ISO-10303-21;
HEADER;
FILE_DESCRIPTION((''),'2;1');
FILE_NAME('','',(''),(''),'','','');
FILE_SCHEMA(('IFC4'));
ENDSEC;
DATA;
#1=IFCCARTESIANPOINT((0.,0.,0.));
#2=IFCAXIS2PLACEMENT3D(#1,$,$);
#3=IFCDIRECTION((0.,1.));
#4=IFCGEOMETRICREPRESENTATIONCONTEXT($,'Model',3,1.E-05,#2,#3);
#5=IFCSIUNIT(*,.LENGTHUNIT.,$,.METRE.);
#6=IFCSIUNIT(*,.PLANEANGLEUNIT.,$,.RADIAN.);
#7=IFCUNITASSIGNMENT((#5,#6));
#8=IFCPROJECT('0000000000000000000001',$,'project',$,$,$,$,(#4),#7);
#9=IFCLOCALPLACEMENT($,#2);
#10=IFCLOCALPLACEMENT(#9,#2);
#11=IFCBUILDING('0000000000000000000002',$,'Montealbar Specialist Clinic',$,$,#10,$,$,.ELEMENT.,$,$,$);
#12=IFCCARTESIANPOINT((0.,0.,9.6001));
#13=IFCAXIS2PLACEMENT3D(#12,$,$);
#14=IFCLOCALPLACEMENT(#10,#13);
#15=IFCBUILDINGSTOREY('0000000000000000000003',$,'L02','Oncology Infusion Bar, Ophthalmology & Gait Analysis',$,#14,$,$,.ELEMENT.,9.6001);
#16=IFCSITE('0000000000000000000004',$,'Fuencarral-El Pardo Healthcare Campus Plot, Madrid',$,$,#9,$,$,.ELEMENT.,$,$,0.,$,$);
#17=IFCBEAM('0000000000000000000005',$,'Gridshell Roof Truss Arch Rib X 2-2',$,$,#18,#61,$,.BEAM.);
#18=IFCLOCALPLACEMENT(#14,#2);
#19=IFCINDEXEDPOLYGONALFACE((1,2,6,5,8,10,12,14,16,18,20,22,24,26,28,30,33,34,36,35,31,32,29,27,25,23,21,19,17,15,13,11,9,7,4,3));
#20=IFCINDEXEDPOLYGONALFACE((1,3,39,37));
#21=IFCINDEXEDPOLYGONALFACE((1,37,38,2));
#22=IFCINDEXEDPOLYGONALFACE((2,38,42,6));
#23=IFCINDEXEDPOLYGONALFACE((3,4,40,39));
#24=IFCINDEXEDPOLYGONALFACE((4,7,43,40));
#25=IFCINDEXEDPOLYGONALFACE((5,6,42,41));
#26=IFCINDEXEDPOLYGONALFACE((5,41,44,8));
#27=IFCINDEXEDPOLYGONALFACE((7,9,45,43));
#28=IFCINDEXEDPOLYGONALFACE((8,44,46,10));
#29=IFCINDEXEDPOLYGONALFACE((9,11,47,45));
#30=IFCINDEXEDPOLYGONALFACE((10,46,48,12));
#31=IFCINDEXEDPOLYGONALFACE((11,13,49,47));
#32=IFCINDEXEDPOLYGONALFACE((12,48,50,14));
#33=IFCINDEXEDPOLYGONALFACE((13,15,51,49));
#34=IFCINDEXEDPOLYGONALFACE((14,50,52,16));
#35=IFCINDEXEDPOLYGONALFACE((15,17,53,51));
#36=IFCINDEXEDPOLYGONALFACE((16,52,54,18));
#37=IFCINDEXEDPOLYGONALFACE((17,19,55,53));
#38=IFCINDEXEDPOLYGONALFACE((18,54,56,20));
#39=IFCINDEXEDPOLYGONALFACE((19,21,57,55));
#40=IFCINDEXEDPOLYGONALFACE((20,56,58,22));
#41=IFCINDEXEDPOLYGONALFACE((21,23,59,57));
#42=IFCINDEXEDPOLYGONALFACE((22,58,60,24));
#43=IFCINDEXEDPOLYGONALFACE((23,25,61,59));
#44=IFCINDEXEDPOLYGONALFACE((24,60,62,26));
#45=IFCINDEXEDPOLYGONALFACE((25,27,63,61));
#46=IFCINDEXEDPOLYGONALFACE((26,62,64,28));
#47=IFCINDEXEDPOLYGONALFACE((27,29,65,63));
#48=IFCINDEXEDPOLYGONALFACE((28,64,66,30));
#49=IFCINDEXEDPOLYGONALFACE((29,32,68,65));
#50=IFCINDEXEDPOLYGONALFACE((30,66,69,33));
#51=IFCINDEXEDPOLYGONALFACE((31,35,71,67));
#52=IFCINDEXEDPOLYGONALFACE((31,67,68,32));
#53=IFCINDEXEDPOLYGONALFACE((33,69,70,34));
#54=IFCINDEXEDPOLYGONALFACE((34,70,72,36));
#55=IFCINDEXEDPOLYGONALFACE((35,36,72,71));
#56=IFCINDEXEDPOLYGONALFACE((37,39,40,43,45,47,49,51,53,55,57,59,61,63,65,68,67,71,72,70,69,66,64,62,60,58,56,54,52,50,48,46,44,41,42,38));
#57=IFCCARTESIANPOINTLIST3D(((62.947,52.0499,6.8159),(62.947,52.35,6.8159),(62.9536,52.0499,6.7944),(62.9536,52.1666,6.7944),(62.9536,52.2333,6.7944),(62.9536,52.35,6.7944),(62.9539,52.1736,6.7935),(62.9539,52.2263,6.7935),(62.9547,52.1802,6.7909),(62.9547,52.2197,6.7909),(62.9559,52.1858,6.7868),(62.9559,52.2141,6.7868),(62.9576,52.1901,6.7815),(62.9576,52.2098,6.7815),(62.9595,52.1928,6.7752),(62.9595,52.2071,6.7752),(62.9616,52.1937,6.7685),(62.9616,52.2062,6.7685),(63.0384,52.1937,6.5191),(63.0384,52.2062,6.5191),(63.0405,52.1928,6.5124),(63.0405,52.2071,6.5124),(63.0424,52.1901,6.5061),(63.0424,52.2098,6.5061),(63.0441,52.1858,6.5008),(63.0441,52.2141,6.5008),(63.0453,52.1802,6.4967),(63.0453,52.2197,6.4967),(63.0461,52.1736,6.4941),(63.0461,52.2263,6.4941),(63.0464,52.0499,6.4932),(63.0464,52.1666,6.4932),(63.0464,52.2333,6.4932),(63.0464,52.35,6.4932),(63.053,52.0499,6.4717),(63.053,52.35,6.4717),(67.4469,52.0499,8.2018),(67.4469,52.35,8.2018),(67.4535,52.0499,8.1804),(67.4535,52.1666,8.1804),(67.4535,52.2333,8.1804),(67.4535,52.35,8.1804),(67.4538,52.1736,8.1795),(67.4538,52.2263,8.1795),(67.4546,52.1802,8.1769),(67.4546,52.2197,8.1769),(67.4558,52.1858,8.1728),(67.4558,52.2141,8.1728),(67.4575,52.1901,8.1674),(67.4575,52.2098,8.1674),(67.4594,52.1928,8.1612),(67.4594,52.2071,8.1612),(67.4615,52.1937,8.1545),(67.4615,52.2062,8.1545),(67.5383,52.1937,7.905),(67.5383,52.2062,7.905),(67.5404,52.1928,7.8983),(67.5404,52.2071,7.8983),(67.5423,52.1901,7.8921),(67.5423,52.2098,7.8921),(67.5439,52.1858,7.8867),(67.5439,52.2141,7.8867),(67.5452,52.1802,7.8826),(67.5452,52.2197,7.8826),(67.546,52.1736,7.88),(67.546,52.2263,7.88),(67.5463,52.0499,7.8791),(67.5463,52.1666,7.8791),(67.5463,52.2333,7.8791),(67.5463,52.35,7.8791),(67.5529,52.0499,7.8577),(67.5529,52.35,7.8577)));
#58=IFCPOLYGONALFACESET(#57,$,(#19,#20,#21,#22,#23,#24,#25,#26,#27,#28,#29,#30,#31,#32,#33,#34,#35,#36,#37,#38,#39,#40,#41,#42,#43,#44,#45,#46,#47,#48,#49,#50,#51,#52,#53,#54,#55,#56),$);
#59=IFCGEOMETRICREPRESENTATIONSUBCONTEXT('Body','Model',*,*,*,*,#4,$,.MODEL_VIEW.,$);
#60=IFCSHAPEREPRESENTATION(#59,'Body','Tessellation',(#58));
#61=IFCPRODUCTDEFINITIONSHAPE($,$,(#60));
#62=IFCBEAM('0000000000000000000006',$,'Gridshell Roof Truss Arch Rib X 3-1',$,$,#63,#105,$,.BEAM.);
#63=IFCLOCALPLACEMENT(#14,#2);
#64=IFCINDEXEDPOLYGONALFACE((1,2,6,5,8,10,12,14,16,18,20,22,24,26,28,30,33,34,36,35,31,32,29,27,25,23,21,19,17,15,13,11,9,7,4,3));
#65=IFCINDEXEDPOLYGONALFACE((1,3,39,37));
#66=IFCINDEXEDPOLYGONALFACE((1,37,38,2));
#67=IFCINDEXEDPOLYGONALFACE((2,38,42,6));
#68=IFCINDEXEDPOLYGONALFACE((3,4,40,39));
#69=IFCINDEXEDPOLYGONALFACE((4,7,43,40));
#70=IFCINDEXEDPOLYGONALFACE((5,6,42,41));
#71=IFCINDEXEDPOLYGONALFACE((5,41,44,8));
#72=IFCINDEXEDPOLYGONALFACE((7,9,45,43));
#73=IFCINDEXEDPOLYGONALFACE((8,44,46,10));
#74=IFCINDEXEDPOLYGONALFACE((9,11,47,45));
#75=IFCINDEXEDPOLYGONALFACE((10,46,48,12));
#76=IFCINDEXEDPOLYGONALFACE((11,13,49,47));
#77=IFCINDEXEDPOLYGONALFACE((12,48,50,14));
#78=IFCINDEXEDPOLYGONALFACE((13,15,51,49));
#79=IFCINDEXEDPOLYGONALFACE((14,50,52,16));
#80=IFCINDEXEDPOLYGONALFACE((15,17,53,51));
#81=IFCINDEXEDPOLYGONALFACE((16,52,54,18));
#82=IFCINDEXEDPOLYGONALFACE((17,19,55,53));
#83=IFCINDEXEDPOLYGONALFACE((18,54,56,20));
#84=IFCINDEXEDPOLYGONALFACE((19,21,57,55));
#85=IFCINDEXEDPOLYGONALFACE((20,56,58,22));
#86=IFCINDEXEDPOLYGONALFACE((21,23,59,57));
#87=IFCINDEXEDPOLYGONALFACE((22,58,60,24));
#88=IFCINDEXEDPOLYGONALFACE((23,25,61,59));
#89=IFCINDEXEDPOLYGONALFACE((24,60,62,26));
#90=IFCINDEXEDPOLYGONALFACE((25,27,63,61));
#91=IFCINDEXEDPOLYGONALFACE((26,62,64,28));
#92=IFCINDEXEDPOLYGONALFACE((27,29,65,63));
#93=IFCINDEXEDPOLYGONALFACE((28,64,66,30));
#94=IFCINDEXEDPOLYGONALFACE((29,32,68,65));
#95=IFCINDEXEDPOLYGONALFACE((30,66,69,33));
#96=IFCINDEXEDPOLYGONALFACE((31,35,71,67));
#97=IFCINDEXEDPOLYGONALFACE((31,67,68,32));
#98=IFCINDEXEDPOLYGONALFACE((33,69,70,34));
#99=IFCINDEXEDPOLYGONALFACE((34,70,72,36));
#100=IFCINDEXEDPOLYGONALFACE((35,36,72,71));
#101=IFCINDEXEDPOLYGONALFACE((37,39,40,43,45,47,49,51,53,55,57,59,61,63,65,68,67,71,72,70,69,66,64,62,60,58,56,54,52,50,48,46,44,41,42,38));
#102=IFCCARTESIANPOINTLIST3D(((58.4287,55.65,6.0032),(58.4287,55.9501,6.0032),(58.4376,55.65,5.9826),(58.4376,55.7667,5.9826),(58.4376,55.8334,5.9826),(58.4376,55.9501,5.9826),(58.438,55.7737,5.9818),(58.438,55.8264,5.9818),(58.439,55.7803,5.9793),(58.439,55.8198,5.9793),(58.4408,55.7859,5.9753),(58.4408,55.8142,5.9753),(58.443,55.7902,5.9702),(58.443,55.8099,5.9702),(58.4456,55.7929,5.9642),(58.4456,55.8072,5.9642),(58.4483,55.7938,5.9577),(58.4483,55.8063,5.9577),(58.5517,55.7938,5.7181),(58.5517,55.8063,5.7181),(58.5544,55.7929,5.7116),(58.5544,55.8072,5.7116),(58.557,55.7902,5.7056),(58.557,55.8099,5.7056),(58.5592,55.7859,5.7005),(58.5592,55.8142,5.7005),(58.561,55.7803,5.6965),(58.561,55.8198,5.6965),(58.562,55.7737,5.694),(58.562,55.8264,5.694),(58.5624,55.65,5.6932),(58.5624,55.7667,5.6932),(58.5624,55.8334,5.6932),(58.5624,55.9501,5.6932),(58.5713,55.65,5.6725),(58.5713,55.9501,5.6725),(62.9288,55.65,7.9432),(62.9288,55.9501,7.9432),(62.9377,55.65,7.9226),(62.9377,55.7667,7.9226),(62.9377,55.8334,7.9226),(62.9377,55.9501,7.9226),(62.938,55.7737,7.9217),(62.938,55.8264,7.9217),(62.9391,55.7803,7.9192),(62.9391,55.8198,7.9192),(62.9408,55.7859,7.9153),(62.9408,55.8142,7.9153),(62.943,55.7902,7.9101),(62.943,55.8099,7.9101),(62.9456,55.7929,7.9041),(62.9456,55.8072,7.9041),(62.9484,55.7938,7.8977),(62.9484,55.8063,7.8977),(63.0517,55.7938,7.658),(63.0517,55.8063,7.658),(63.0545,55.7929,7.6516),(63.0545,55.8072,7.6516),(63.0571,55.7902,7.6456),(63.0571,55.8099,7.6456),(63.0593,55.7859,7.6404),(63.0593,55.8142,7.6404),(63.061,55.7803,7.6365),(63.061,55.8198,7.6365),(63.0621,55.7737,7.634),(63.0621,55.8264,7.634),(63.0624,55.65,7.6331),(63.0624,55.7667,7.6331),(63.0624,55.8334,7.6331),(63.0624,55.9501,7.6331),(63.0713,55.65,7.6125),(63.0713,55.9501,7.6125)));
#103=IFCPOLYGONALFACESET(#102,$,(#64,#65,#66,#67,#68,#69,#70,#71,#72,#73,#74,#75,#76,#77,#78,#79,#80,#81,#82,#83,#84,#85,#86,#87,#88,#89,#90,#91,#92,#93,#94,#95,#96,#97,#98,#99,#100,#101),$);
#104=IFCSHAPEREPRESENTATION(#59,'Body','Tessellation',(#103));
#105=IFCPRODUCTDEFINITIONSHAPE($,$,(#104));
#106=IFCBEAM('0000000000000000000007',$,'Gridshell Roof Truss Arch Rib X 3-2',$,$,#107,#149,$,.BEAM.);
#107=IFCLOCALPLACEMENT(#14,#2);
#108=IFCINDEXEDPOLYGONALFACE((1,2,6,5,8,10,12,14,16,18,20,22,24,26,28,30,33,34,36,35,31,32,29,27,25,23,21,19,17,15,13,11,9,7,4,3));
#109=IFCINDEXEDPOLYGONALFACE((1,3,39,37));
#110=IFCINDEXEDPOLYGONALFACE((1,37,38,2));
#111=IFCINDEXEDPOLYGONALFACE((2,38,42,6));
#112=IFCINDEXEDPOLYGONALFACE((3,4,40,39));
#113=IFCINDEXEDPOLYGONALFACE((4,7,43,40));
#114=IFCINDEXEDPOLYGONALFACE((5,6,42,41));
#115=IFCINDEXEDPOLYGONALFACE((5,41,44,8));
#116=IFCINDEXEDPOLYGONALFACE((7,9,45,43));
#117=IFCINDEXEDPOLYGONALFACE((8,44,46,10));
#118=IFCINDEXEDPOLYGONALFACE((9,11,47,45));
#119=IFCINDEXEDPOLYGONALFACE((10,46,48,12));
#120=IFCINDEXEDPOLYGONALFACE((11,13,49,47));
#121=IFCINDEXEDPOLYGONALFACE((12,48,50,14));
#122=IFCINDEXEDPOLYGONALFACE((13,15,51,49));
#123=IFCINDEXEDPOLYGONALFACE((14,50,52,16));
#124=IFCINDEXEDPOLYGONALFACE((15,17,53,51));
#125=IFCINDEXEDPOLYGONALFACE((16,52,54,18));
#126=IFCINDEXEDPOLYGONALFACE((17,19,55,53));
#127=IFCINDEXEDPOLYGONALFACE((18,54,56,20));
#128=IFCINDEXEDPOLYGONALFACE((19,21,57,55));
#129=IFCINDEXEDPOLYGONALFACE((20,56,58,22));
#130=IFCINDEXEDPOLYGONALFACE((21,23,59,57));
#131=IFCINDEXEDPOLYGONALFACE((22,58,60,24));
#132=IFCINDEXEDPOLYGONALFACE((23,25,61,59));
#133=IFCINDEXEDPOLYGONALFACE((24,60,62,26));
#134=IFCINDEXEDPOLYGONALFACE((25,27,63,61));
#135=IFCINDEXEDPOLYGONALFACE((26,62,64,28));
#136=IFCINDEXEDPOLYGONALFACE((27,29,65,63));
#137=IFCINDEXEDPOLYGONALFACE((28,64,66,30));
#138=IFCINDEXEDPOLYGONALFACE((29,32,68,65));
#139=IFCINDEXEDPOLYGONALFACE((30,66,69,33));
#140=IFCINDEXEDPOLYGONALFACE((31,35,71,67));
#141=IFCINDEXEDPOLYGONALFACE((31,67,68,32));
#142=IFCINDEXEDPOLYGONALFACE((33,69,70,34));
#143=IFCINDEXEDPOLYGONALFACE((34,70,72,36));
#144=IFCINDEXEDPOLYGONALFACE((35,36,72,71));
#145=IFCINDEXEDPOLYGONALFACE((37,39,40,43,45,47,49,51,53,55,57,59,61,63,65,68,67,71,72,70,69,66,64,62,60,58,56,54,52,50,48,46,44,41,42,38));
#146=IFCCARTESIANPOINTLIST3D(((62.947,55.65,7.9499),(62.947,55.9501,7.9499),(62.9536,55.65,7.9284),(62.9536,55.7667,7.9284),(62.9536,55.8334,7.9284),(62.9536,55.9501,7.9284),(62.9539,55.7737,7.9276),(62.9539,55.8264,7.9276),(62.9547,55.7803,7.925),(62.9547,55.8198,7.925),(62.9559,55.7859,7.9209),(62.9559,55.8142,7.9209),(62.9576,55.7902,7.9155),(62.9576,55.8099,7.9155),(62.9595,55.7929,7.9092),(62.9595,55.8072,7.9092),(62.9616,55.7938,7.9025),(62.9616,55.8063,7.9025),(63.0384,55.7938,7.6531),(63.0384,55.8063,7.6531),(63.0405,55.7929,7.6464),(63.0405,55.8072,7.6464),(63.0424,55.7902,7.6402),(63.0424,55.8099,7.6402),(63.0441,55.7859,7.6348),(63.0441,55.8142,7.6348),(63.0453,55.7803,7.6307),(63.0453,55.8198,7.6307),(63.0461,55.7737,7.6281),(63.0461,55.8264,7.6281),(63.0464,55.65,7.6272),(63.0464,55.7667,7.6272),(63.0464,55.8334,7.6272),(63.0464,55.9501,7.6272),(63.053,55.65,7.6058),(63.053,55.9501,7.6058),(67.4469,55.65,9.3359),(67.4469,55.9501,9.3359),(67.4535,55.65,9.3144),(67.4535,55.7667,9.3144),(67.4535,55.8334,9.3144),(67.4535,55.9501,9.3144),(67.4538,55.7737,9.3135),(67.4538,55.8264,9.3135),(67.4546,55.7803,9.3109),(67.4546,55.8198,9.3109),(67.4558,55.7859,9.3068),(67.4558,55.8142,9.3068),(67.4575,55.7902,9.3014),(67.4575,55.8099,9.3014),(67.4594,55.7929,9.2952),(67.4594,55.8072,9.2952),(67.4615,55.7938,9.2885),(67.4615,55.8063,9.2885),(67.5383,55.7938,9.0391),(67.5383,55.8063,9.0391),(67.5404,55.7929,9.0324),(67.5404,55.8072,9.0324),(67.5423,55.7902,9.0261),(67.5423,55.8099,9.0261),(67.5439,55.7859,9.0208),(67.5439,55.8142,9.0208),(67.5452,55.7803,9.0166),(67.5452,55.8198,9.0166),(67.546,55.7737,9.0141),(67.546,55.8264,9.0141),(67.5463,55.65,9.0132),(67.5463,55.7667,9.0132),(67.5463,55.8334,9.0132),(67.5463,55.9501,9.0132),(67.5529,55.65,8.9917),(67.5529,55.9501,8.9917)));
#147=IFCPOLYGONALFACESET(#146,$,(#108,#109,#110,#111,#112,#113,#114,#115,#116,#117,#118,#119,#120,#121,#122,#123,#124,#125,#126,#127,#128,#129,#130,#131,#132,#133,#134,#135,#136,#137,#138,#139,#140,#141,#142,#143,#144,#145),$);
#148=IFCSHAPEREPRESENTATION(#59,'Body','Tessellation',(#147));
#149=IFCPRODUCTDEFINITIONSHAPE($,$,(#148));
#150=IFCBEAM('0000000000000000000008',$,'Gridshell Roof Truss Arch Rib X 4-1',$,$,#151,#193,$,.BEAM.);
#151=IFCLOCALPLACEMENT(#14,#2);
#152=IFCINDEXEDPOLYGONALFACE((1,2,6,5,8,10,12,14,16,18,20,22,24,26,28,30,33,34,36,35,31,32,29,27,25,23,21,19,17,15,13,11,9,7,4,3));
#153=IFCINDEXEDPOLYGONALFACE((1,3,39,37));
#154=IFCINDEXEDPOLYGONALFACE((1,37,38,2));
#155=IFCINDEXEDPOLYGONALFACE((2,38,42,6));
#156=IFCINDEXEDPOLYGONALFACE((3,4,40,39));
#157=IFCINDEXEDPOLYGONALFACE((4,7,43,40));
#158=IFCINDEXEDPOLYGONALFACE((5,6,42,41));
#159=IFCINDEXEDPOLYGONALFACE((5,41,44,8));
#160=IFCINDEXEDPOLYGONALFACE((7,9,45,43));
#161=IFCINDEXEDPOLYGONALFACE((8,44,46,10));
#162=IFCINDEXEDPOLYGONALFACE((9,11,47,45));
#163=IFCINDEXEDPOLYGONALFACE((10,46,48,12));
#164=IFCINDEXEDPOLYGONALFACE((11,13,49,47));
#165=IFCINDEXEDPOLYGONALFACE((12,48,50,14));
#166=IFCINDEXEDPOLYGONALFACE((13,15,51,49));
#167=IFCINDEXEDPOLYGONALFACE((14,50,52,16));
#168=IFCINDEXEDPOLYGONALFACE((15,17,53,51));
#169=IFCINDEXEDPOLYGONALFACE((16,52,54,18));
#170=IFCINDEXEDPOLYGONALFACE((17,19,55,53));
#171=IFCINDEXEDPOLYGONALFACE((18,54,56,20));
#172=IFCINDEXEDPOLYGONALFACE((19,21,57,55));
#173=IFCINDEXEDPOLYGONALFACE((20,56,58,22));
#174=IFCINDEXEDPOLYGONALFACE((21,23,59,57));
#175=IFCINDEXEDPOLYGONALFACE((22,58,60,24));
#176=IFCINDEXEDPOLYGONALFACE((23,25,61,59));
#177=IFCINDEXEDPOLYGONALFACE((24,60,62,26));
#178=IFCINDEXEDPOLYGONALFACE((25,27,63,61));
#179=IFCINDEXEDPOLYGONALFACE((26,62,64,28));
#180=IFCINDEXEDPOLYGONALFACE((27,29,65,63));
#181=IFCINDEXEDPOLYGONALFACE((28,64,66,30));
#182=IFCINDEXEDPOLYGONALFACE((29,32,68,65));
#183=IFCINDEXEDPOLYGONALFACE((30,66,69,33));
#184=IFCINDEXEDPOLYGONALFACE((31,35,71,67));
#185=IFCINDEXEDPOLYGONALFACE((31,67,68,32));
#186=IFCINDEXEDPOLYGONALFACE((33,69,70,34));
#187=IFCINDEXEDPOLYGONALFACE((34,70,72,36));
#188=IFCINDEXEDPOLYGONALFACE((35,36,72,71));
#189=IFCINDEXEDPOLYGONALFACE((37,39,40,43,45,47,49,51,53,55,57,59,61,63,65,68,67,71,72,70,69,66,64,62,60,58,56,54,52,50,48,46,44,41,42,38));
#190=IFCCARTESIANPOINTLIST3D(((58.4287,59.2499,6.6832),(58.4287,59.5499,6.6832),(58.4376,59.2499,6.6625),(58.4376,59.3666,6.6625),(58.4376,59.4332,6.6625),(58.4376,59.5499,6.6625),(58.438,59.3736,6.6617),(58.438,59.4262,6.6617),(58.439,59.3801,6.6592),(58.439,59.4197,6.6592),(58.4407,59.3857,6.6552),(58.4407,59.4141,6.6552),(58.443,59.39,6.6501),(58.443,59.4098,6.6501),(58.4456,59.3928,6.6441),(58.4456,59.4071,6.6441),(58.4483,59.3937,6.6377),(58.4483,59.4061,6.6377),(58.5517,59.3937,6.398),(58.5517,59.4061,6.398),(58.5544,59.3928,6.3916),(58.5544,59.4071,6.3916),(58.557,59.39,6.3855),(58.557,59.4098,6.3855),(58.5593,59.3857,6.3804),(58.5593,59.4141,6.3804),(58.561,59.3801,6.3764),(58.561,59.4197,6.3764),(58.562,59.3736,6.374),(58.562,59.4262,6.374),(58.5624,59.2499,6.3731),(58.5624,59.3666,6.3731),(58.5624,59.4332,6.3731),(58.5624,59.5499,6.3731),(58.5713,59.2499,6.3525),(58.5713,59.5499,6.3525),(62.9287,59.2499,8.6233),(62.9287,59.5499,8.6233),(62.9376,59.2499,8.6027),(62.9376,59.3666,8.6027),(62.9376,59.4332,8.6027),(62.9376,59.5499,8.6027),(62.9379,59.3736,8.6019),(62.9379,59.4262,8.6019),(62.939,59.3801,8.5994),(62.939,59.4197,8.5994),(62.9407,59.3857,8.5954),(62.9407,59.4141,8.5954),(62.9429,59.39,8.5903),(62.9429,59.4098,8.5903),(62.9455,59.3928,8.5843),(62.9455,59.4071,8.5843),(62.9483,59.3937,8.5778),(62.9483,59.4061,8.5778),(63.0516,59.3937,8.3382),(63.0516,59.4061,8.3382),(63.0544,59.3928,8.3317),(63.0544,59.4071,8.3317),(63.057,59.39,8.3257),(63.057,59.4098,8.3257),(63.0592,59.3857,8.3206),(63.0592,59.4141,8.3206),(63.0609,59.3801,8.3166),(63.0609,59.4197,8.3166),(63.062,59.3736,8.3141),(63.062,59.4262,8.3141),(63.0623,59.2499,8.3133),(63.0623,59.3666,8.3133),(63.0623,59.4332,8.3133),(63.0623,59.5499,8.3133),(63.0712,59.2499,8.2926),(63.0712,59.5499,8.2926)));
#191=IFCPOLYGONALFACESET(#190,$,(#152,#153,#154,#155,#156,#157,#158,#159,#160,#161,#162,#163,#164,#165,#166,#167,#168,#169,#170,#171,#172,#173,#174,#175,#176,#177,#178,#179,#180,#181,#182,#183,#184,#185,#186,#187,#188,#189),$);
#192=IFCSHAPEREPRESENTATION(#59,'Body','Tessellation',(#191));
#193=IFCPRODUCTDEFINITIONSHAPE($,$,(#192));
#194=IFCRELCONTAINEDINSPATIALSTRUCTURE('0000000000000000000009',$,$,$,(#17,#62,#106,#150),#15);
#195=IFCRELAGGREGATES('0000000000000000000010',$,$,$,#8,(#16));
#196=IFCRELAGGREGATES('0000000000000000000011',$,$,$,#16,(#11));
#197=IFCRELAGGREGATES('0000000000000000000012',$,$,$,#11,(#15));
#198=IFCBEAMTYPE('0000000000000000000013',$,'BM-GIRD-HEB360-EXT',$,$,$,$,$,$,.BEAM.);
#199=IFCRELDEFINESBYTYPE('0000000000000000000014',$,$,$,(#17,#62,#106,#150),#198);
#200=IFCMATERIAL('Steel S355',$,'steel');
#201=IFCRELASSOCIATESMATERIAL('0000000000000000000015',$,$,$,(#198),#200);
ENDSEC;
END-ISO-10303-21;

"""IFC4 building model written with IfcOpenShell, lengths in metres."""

from ifc_helpers import new_model, si_unit, direction, frame, origin, origin_2d, place, context, subcontext, project, spatial, i_section, extrude, material, material_profile, profile_set, type_object, element, save


model = new_model("IFC4")

# Units and contexts
model_context = context("Model", 3, precision=1e-05, world=origin(), true_north=direction((0.0, 1.0)))
body_context = subcontext(model_context, "Body", "Model", "MODEL_VIEW")
ifc_project = project(units=[si_unit("LENGTHUNIT", "METRE"), si_unit("PLANEANGLEUNIT", "RADIAN")], contexts=[model_context])

# Site, building, storey
site_placement = place(None, origin())
site = spatial("IfcSite", under=ifc_project, at=site_placement, Name="Fuencarral-El Pardo Healthcare Campus Plot, Madrid", CompositionType="ELEMENT", RefElevation=0.0)
building_placement = place(site_placement, origin())
building = spatial("IfcBuilding", under=site, at=building_placement, Name="Montealbar Specialist Clinic", CompositionType="ELEMENT")
storey_placement = place(building_placement, frame((0.0, 0.0, 9.6001)))
storey = spatial("IfcBuildingStorey", under=building, at=storey_placement, Name="L02", Description="Oncology Infusion Bar, Ophthalmology & Gait Analysis", CompositionType="ELEMENT", Elevation=9.6001)

# Beams
ifc_material_1 = material(Name="Steel S355", Category="steel")
ifc_material_profile_1 = material_profile(ifc_material_1, i_section(OverallWidth=0.3, OverallDepth=0.3601, WebThickness=0.0125, FlangeThickness=0.0225, FilletRadius=0.0271, at=origin_2d()), Name="HEB 360", Category="steel")
ifc_profile_set_1 = profile_set([ifc_material_profile_1], Name="Steel S355")
beam_type_1 = type_object("IfcBeamType", Name="BM-GIRD-HEB360-EXT", PredefinedType="BEAM", material=ifc_profile_set_1)
beam_1_placement = place(storey_placement, frame((63.0, 52.2, 6.6438), z_axis=(0.955697, 0.0, 0.294352), x_axis=(0.0, 1.0, 0.0)))
element("IfcBeam", 1, at=beam_1_placement, inside=storey, type_object=beam_type_1, Name="Gridshell Roof Truss Arch Rib X 2-2", PredefinedType="BEAM", context=body_context, shape_type="SweptSolid", body=[
    extrude(i_section(OverallWidth=0.3, OverallDepth=0.3601, WebThickness=0.0125, FlangeThickness=0.0225, FilletRadius=0.0271, at=origin_2d()), origin(), (0.0, 0.0, 1.0), 4.7085),
])
beam_2_placement = place(storey_placement, frame((58.5, 55.8, 5.8379), z_axis=(0.918303, 0.0, 0.395879), x_axis=(0.0, 1.0, 0.0)))
element("IfcBeam", 2, at=beam_2_placement, inside=storey, type_object=beam_type_1, Name="Gridshell Roof Truss Arch Rib X 3-1", PredefinedType="BEAM", context=body_context, shape_type="SweptSolid", body=[
    extrude(i_section(OverallWidth=0.3, OverallDepth=0.3601, WebThickness=0.0125, FlangeThickness=0.0225, FilletRadius=0.0271, at=origin_2d()), origin(), (0.0, 0.0, 1.0), 4.9004),
])
beam_3_placement = place(storey_placement, frame((63.0, 55.8, 7.7778), z_axis=(0.955697, 0.0, 0.294352), x_axis=(0.0, 1.0, 0.0)))
element("IfcBeam", 3, at=beam_3_placement, inside=storey, type_object=beam_type_1, Name="Gridshell Roof Truss Arch Rib X 3-2", PredefinedType="BEAM", context=body_context, shape_type="SweptSolid", body=[
    extrude(i_section(OverallWidth=0.3, OverallDepth=0.3601, WebThickness=0.0125, FlangeThickness=0.0225, FilletRadius=0.0271, at=origin_2d()), origin(), (0.0, 0.0, 1.0), 4.7085),
])
beam_4_placement = place(storey_placement, frame((58.5, 59.3999, 6.5178), z_axis=(0.918285, 0.0, 0.395921), x_axis=(0.0, 1.0, 0.0)))
element("IfcBeam", 4, at=beam_4_placement, inside=storey, type_object=beam_type_1, Name="Gridshell Roof Truss Arch Rib X 4-1", PredefinedType="BEAM", context=body_context, shape_type="SweptSolid", body=[
    extrude(i_section(OverallWidth=0.3, OverallDepth=0.3601, WebThickness=0.0125, FlangeThickness=0.0225, FilletRadius=0.0271, at=origin_2d()), origin(), (0.0, 0.0, 1.0), 4.9004),
])

save(model, "model.ifc")
